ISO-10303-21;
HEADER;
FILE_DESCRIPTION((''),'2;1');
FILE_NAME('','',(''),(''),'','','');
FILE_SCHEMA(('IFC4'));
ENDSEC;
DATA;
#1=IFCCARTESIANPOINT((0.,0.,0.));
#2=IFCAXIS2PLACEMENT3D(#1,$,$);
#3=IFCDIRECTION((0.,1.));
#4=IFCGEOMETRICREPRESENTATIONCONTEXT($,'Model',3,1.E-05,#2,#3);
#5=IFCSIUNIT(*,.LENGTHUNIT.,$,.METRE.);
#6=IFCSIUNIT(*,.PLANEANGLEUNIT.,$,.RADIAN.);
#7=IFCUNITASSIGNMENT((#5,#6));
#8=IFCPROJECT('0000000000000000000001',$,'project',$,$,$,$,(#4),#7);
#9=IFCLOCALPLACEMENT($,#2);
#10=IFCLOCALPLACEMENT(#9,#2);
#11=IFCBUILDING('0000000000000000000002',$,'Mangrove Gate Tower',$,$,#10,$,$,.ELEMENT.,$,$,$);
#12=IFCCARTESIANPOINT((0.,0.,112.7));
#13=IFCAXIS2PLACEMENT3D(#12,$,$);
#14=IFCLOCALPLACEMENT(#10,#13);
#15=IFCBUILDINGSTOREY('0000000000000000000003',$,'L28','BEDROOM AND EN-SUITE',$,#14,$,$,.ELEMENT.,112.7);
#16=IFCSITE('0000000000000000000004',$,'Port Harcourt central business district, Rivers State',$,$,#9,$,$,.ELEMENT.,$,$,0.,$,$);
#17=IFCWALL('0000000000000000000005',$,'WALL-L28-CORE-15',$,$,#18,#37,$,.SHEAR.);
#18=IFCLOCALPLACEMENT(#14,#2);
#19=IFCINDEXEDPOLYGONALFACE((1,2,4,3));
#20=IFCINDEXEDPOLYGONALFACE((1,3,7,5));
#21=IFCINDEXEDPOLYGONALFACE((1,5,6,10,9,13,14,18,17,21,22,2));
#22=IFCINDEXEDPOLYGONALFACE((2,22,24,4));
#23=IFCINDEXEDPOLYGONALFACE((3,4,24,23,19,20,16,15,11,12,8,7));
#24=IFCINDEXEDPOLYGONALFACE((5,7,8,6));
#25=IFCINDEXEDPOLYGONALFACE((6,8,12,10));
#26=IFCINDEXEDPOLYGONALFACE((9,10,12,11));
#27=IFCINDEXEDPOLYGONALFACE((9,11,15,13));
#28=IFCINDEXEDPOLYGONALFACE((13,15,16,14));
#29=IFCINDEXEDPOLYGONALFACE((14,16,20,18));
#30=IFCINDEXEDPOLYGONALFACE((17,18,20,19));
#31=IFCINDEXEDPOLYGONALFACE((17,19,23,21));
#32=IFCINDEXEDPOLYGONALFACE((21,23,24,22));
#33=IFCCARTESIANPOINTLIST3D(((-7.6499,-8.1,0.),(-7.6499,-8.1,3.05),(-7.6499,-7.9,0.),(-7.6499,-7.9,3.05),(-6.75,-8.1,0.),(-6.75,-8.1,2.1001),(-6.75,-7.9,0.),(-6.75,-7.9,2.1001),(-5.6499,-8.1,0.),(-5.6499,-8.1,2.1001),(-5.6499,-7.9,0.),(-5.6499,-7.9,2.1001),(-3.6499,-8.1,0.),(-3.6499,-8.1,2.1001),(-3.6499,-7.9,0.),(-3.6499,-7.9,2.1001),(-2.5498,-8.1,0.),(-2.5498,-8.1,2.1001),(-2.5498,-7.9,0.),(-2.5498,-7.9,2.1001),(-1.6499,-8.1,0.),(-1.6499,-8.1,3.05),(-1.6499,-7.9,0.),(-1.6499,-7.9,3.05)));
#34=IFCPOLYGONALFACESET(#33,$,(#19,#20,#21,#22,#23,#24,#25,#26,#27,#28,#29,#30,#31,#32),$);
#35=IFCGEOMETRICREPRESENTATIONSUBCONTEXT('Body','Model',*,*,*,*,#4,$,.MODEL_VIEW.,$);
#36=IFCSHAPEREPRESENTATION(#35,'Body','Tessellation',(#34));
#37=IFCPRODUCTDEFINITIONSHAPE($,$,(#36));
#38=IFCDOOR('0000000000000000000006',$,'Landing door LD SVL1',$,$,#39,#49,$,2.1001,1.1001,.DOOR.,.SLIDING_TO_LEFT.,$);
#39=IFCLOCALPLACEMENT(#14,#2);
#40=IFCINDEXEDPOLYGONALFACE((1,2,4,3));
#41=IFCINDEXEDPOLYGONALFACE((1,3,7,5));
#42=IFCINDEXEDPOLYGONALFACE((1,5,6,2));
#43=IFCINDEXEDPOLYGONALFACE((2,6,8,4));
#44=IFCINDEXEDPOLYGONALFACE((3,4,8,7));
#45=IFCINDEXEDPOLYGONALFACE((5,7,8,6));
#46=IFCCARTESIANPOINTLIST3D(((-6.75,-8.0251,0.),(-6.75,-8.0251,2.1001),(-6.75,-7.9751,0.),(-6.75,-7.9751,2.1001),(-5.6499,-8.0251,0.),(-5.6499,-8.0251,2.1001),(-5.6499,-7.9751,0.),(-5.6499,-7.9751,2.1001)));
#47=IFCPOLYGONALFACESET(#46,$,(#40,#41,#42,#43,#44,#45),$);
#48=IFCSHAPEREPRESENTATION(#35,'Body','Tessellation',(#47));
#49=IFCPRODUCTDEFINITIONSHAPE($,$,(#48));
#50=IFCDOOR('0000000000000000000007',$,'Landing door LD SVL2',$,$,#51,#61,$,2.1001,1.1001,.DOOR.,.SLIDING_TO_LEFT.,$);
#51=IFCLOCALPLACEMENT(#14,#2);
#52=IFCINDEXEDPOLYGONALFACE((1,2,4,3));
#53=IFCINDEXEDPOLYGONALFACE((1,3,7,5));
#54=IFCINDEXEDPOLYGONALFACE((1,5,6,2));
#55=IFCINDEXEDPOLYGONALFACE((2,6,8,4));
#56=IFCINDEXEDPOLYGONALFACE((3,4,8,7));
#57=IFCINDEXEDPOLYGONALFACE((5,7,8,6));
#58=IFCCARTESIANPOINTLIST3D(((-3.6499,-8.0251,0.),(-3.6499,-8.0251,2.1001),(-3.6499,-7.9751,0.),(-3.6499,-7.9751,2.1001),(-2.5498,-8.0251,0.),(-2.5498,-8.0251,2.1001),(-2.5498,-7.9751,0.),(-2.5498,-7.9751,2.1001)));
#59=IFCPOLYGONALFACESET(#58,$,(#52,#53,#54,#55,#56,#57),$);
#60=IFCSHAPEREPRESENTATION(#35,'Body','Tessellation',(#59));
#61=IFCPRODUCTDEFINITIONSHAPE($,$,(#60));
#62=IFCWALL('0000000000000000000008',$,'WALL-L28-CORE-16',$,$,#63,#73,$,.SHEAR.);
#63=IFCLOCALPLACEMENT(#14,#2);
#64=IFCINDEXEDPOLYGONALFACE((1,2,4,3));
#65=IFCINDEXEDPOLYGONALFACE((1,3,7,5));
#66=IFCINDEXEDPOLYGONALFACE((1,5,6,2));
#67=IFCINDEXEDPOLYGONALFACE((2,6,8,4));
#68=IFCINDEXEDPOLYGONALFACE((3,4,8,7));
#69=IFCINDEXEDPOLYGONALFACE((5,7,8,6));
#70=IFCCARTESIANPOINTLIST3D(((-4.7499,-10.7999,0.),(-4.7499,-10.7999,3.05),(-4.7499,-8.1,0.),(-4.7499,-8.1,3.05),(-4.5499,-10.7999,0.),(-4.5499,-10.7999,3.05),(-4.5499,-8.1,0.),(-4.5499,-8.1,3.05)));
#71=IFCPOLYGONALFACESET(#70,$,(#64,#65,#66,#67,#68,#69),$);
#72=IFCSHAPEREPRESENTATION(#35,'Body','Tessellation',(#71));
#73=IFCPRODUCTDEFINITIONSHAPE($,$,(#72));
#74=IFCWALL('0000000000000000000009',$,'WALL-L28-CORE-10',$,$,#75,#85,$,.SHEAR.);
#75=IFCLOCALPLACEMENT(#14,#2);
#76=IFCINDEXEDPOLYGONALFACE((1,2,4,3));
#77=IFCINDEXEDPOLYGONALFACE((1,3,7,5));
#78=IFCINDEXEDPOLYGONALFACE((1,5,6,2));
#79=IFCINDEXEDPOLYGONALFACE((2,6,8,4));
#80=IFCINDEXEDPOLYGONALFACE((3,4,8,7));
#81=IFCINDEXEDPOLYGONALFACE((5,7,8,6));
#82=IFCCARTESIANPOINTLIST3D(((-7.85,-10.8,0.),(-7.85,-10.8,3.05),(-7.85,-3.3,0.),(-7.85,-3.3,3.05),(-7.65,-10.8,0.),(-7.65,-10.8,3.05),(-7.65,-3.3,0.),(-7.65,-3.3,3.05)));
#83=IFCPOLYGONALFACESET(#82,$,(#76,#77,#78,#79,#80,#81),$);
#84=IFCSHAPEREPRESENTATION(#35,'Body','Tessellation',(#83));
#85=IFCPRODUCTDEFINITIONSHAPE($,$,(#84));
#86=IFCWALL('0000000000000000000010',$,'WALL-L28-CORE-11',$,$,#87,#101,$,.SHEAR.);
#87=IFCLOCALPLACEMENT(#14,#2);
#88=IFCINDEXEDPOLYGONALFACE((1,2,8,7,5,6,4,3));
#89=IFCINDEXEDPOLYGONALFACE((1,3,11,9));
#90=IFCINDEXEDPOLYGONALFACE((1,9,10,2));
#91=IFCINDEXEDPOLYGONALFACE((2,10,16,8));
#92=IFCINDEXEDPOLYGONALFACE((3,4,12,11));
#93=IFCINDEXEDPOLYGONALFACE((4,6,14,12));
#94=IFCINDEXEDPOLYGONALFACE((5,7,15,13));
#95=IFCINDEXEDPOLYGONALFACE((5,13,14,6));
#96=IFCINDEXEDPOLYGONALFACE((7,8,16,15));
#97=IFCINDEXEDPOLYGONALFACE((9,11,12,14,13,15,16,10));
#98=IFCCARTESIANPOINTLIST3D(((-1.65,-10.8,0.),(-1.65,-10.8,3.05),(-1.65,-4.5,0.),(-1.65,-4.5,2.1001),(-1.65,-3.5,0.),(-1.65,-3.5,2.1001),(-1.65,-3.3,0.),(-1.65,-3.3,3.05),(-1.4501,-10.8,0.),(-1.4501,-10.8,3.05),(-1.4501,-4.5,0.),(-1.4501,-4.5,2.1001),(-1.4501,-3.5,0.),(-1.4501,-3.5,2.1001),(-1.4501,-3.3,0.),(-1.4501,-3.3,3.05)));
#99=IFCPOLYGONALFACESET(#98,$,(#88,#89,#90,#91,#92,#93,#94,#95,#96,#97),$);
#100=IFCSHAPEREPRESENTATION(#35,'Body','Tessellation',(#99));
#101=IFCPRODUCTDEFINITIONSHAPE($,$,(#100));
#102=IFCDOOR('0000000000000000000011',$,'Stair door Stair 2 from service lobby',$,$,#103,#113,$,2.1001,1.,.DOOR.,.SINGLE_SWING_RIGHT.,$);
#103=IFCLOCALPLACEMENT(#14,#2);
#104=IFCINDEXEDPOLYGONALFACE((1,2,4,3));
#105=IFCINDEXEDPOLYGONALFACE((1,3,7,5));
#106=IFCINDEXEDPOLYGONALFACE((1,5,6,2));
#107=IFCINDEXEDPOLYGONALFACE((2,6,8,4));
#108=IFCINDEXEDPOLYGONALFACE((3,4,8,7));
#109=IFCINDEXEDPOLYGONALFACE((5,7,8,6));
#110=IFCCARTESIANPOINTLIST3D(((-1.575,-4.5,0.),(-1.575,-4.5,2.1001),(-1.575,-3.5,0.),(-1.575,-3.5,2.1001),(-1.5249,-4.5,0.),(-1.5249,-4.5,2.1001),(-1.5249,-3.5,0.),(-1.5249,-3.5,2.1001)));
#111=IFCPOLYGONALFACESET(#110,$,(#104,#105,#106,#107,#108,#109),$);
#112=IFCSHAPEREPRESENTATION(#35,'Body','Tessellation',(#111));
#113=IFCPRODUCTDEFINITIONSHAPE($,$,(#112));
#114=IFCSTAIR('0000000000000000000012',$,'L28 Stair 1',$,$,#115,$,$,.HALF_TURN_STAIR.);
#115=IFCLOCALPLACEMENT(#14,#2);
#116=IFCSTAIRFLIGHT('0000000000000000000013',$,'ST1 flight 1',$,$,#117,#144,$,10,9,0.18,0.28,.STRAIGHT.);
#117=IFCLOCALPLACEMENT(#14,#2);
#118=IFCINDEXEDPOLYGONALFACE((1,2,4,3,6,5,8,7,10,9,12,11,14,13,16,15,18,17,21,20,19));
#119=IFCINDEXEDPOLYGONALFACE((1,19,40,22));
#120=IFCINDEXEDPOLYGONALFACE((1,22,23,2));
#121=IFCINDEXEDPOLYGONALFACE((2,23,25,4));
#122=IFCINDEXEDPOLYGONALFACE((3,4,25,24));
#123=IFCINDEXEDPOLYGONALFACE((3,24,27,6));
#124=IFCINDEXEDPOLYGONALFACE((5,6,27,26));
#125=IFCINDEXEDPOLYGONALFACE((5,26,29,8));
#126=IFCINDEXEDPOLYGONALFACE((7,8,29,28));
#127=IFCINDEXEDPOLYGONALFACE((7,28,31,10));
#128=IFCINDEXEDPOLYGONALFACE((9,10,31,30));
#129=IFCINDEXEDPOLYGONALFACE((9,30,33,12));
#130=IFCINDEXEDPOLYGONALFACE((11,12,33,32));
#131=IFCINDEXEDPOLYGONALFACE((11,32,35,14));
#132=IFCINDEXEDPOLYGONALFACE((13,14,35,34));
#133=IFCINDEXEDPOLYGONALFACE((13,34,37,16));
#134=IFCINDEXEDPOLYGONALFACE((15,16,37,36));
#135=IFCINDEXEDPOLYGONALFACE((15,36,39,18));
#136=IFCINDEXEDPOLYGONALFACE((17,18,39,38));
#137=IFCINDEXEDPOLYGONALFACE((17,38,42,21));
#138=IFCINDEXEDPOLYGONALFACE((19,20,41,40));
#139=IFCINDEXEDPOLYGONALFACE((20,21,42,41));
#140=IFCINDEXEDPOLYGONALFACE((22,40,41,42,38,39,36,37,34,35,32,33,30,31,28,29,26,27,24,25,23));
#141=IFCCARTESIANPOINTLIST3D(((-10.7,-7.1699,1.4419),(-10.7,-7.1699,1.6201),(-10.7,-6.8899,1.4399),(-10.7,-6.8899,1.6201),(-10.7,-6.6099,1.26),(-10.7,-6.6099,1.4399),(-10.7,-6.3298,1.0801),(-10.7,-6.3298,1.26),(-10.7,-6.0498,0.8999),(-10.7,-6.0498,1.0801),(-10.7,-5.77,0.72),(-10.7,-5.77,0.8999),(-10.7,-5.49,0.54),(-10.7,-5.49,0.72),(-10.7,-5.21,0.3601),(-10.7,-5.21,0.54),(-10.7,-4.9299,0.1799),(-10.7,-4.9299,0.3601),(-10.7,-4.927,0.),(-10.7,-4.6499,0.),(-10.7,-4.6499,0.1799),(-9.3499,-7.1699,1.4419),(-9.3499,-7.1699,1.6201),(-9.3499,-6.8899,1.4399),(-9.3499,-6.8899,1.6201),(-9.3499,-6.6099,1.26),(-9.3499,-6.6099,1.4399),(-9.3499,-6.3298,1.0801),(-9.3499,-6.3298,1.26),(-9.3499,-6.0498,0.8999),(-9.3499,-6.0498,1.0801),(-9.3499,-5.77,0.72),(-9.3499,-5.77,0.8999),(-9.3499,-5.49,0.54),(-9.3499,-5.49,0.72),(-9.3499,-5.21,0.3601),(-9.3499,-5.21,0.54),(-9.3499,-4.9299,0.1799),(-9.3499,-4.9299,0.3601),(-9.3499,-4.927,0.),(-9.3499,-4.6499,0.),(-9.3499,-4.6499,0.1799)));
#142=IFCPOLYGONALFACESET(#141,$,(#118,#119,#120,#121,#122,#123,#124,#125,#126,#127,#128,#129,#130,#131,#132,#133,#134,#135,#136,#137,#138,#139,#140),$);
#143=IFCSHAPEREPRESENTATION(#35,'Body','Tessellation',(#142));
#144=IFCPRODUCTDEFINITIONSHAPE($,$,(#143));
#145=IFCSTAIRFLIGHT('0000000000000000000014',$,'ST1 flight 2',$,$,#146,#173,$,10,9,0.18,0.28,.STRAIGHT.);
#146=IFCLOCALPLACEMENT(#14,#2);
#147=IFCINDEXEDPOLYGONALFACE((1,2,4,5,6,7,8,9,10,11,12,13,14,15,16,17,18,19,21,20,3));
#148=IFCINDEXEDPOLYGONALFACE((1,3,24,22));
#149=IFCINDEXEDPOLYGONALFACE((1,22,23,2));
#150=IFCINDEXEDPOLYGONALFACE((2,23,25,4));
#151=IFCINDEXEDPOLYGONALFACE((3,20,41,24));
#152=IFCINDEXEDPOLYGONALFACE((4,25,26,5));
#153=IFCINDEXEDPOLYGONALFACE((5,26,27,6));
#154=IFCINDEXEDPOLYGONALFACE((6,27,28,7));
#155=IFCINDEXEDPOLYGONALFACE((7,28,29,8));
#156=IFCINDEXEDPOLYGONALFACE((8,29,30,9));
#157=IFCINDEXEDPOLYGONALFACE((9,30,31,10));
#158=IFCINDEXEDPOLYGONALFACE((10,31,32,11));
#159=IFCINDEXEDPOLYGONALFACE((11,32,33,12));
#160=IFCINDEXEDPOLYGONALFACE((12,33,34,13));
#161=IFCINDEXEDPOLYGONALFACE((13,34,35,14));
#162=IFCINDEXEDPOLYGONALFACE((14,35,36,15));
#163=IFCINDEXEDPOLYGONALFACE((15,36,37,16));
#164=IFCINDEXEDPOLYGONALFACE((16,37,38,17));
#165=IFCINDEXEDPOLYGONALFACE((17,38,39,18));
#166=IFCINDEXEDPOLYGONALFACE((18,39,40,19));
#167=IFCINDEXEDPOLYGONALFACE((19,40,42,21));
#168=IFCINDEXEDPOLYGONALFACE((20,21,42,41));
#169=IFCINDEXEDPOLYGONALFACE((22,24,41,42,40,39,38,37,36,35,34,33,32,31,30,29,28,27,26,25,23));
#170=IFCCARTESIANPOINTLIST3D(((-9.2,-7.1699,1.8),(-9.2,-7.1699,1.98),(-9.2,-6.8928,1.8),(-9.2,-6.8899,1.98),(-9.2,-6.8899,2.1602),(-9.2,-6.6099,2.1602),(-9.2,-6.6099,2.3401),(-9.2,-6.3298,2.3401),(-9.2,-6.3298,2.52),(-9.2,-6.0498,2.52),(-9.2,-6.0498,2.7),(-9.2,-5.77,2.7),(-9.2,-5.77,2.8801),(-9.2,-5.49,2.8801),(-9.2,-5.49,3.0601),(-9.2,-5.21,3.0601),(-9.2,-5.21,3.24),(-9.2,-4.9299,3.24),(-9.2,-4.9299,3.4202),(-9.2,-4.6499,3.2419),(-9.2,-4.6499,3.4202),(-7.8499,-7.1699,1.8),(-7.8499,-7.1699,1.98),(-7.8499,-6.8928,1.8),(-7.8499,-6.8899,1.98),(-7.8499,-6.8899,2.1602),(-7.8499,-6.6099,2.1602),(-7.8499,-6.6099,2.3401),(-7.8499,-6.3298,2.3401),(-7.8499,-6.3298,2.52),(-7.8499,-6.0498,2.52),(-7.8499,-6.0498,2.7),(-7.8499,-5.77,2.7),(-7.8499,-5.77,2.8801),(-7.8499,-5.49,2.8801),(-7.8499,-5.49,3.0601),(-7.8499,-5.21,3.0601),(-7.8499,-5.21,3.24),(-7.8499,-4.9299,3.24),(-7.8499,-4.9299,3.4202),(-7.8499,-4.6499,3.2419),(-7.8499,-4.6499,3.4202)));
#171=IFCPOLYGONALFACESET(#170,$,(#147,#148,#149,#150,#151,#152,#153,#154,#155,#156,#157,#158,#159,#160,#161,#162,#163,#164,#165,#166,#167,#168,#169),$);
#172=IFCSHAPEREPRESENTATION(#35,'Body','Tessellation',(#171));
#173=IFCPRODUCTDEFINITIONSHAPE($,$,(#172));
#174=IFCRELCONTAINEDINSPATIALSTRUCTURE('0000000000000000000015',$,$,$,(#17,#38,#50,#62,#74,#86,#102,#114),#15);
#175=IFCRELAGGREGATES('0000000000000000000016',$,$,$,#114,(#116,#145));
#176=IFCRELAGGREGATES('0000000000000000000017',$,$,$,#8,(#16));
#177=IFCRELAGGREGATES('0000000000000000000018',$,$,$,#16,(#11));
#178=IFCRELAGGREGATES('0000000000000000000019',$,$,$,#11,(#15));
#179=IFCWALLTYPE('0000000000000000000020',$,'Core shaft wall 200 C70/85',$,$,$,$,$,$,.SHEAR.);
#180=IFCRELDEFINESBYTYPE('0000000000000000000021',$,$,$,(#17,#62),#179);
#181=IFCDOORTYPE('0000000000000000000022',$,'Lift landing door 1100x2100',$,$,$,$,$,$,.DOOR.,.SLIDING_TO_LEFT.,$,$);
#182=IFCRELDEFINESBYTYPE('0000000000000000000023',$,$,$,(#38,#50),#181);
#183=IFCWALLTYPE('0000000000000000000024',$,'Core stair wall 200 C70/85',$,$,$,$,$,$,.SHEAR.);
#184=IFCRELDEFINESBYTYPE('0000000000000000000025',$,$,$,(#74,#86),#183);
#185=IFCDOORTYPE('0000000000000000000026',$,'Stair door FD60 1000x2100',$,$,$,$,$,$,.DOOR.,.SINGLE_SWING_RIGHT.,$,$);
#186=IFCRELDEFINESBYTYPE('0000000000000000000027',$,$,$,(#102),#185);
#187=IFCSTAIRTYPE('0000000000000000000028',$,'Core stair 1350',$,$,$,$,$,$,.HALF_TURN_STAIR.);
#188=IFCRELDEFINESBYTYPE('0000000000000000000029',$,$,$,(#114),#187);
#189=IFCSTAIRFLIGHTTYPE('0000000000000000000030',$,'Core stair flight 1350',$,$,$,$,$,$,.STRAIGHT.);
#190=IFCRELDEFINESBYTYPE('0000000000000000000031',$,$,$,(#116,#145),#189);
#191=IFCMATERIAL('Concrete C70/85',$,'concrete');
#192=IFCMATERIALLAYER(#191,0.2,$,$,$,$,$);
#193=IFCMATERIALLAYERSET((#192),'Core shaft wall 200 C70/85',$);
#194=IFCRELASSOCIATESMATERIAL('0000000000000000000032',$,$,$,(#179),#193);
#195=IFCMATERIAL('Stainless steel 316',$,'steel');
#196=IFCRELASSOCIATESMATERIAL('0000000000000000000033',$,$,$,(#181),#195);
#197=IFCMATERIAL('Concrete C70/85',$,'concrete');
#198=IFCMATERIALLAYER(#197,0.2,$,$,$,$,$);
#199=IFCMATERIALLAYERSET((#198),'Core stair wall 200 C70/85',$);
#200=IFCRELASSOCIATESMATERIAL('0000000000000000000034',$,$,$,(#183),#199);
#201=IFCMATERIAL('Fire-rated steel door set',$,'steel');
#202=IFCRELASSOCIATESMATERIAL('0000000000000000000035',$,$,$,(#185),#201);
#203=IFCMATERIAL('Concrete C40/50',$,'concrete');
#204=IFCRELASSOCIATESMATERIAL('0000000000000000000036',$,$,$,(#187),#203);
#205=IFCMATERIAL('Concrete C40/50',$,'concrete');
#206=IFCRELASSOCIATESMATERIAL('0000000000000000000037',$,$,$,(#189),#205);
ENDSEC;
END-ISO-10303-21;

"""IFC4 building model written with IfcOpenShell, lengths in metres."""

from ifc_helpers import new_model, si_unit, direction, frame, frame_2d, origin, place, context, subcontext, project, spatial, polyline, rectangle, outline, extrude, material, layer, layer_set, type_object, element, fill, aggregate, save


model = new_model("IFC4")

# Units and contexts
model_context = context("Model", 3, precision=1e-05, world=origin(), true_north=direction((0.0, 1.0)))
body_context = subcontext(model_context, "Body", "Model", "MODEL_VIEW")
ifc_project = project(units=[si_unit("LENGTHUNIT", "METRE"), si_unit("PLANEANGLEUNIT", "RADIAN")], contexts=[model_context])

# Site, building, storey
site_placement = place(None, origin())
site = spatial("IfcSite", under=ifc_project, at=site_placement, Name="Port Harcourt central business district, Rivers State", CompositionType="ELEMENT", RefElevation=0.0)
building_placement = place(site_placement, origin())
building = spatial("IfcBuilding", under=site, at=building_placement, Name="Mangrove Gate Tower", CompositionType="ELEMENT")
storey_placement = place(building_placement, frame((0.0, 0.0, 112.7)))
storey = spatial("IfcBuildingStorey", under=building, at=storey_placement, Name="L28", Description="BEDROOM AND EN-SUITE", CompositionType="ELEMENT", Elevation=112.7)

# Wall, openings, doors
ifc_material_1 = material(Name="Concrete C70/85", Category="concrete")
ifc_layer_1 = layer(ifc_material_1, 0.2)
ifc_layer_set_1 = layer_set([ifc_layer_1], Name="Core shaft wall 200 C70/85")
wall_type_1 = type_object("IfcWallType", Name="Core shaft wall 200 C70/85", PredefinedType="SHEAR", material=ifc_layer_set_1)
wall_1_placement = place(storey_placement, frame((-7.6499, -8.0, 0.0), z_axis=(0.0, 0.0, 1.0), x_axis=(1.0, 0.0, 0.0)))
wall_1 = element("IfcWall", 1, at=wall_1_placement, inside=storey, type_object=wall_type_1, Name="WALL-L28-CORE-15", PredefinedType="SHEAR", context=body_context, shape_type="SweptSolid", body=[
    extrude(rectangle(XDim=6.0, YDim=0.2, at=frame_2d((3.0, 0.0))), origin(), (0.0, 0.0, 1.0), 3.05),
])
opening_1_placement = place(wall_1_placement, frame((0.8999, 0.0, 0.0)))
opening_1 = element("IfcOpeningElement", 2, at=opening_1_placement, cuts=wall_1, PredefinedType="OPENING", context=body_context, shape_type="SweptSolid", body=[
    extrude(rectangle(XDim=1.1001, YDim=2.1001, at=frame_2d((0.55, 1.05))), frame((0.0, 0.1099, 0.0), z_axis=(0.0, -1.0, 0.0), x_axis=(1.0, 0.0, 0.0)), (0.0, 0.0, 1.0), 0.22),
])
opening_2_placement = place(wall_1_placement, frame((4.0, 0.0, 0.0)))
opening_2 = element("IfcOpeningElement", 3, at=opening_2_placement, cuts=wall_1, PredefinedType="OPENING", context=body_context, shape_type="SweptSolid", body=[
    extrude(rectangle(XDim=1.1001, YDim=2.1001, at=frame_2d((0.55, 1.05))), frame((0.0, 0.1099, 0.0), z_axis=(0.0, -1.0, 0.0), x_axis=(1.0, 0.0, 0.0)), (0.0, 0.0, 1.0), 0.22),
])
ifc_material_2 = material(Name="Stainless steel 316", Category="steel")
door_type_1 = type_object("IfcDoorType", Name="Lift landing door 1100x2100", OperationType="SLIDING_TO_LEFT", PredefinedType="DOOR", material=ifc_material_2)
door_1_placement = place(opening_1_placement, origin())
door_1 = element("IfcDoor", 4, at=door_1_placement, inside=storey, type_object=door_type_1, Name="Landing door LD SVL1", OperationType="SLIDING_TO_LEFT", OverallHeight=2.1001, OverallWidth=1.1001, PredefinedType="DOOR", context=body_context, shape_type="SweptSolid", body=[
    extrude(rectangle(XDim=1.1001, YDim=2.1001, at=frame_2d((0.55, 1.05))), frame((0.0, 0.0249, 0.0), z_axis=(0.0, -1.0, 0.0), x_axis=(1.0, 0.0, 0.0)), (0.0, 0.0, 1.0), 0.05),
])
fill(opening_1, door_1)
door_2_placement = place(opening_2_placement, origin())
door_2 = element("IfcDoor", 5, at=door_2_placement, inside=storey, type_object=door_type_1, Name="Landing door LD SVL2", OperationType="SLIDING_TO_LEFT", OverallHeight=2.1001, OverallWidth=1.1001, PredefinedType="DOOR", context=body_context, shape_type="SweptSolid", body=[
    extrude(rectangle(XDim=1.1001, YDim=2.1001, at=frame_2d((0.55, 1.05))), frame((0.0, 0.0249, 0.0), z_axis=(0.0, -1.0, 0.0), x_axis=(1.0, 0.0, 0.0)), (0.0, 0.0, 1.0), 0.05),
])
fill(opening_2, door_2)

# Walls
wall_2_placement = place(storey_placement, frame((-4.6499, -10.8, 0.0), z_axis=(0.0, 0.0, 1.0), x_axis=(0.0, 1.0, 0.0)))
element("IfcWall", 6, at=wall_2_placement, inside=storey, type_object=wall_type_1, Name="WALL-L28-CORE-16", PredefinedType="SHEAR", context=body_context, shape_type="SweptSolid", body=[
    extrude(rectangle(XDim=2.7, YDim=0.2, at=frame_2d((1.3501, 0.0))), origin(), (0.0, 0.0, 1.0), 3.05),
])
ifc_material_3 = material(Name="Concrete C70/85", Category="concrete")
ifc_layer_2 = layer(ifc_material_3, 0.2)
ifc_layer_set_2 = layer_set([ifc_layer_2], Name="Core stair wall 200 C70/85")
wall_type_2 = type_object("IfcWallType", Name="Core stair wall 200 C70/85", PredefinedType="SHEAR", material=ifc_layer_set_2)
wall_3_placement = place(storey_placement, frame((-7.75, -10.8, 0.0), z_axis=(0.0, 0.0, 1.0), x_axis=(0.0, 1.0, 0.0)))
element("IfcWall", 7, at=wall_3_placement, inside=storey, type_object=wall_type_2, Name="WALL-L28-CORE-10", PredefinedType="SHEAR", context=body_context, shape_type="SweptSolid", body=[
    extrude(rectangle(XDim=7.5, YDim=0.2, at=frame_2d((3.75, 0.0))), origin(), (0.0, 0.0, 1.0), 3.05),
])

# Wall, opening, door
wall_4_placement = place(storey_placement, frame((-1.55, -10.8, 0.0), z_axis=(0.0, 0.0, 1.0), x_axis=(0.0, 1.0, 0.0)))
wall_4 = element("IfcWall", 8, at=wall_4_placement, inside=storey, type_object=wall_type_2, Name="WALL-L28-CORE-11", PredefinedType="SHEAR", context=body_context, shape_type="SweptSolid", body=[
    extrude(rectangle(XDim=7.5, YDim=0.2, at=frame_2d((3.75, 0.0))), origin(), (0.0, 0.0, 1.0), 3.05),
])
opening_3_placement = place(wall_4_placement, frame((6.3, 0.0, 0.0)))
opening_3 = element("IfcOpeningElement", 9, at=opening_3_placement, cuts=wall_4, PredefinedType="OPENING", context=body_context, shape_type="SweptSolid", body=[
    extrude(rectangle(XDim=1.0, YDim=2.1001, at=frame_2d((0.5, 1.05))), frame((0.0, 0.1099, 0.0), z_axis=(0.0, -1.0, 0.0), x_axis=(1.0, 0.0, 0.0)), (0.0, 0.0, 1.0), 0.22),
])
ifc_material_4 = material(Name="Fire-rated steel door set", Category="steel")
door_type_2 = type_object("IfcDoorType", Name="Stair door FD60 1000x2100", OperationType="SINGLE_SWING_RIGHT", PredefinedType="DOOR", material=ifc_material_4)
door_3_placement = place(opening_3_placement, origin())
door_3 = element("IfcDoor", 10, at=door_3_placement, inside=storey, type_object=door_type_2, Name="Stair door Stair 2 from service lobby", OperationType="SINGLE_SWING_RIGHT", OverallHeight=2.1001, OverallWidth=1.0, PredefinedType="DOOR", context=body_context, shape_type="SweptSolid", body=[
    extrude(rectangle(XDim=1.0, YDim=2.1001, at=frame_2d((0.5, 1.05))), frame((0.0, 0.0249, 0.0), z_axis=(0.0, -1.0, 0.0), x_axis=(1.0, 0.0, 0.0)), (0.0, 0.0, 1.0), 0.05),
])
fill(opening_3, door_3)

# Stair, stair flights
ifc_material_5 = material(Name="Concrete C40/50", Category="concrete")
stair_type = type_object("IfcStairType", Name="Core stair 1350", PredefinedType="HALF_TURN_STAIR", material=ifc_material_5)
stair_1_placement = place(storey_placement, origin())
stair_1 = element("IfcStair", 11, at=stair_1_placement, inside=storey, type_object=stair_type, Name="L28 Stair 1", PredefinedType="HALF_TURN_STAIR")
ifc_material_6 = material(Name="Concrete C40/50", Category="concrete")
stair_flight_type = type_object("IfcStairFlightType", Name="Core stair flight 1350", PredefinedType="STRAIGHT", material=ifc_material_6)
stair_flight_1_placement = place(storey_placement, frame((-10.0249, -4.6499, 0.0), z_axis=(0.0, 0.0, 1.0), x_axis=(0.0, -1.0, 0.0)))
stair_flight_1 = element("IfcStairFlight", 12, at=stair_flight_1_placement, type_object=stair_flight_type, Name="ST1 flight 1", NumberOfRisers=10, NumberOfTreads=9, PredefinedType="STRAIGHT", RiserHeight=0.18, TreadLength=0.28, context=body_context, shape_type="SweptSolid", body=[
    extrude(outline(polyline([(0.0, 0.0), (0.0, 0.1799), (0.28, 0.1799), (0.28, 0.3601), (0.5601, 0.3601), (0.5601, 0.54), (0.8401, 0.54), (0.8401, 0.72), (1.1201, 0.72), (1.1201, 0.8999), (1.3999, 0.8999), (1.3999, 1.0801), (1.6799, 1.0801), (1.6799, 1.26), (1.96, 1.26), (1.96, 1.4399), (2.24, 1.4399), (2.24, 1.6201), (2.52, 1.6201), (2.52, 1.8), (2.52, 1.4419), (0.2771, 0.0), (0.0, 0.0)])), frame((0.0, 0.675, 0.0), z_axis=(0.0, -1.0, 0.0), x_axis=(1.0, 0.0, 0.0)), (0.0, 0.0, 1.0), 1.3501),
])
stair_flight_2_placement = place(storey_placement, frame((-8.5249, -7.1699, 1.8), z_axis=(0.0, 0.0, 1.0), x_axis=(0.0, 1.0, 0.0)))
stair_flight_2 = element("IfcStairFlight", 13, at=stair_flight_2_placement, type_object=stair_flight_type, Name="ST1 flight 2", NumberOfRisers=10, NumberOfTreads=9, PredefinedType="STRAIGHT", RiserHeight=0.18, TreadLength=0.28, context=body_context, shape_type="SweptSolid", body=[
    extrude(outline(polyline([(0.0, 0.0), (0.0, 0.1799), (0.28, 0.1799), (0.28, 0.3601), (0.5601, 0.3601), (0.5601, 0.54), (0.8401, 0.54), (0.8401, 0.72), (1.1201, 0.72), (1.1201, 0.8999), (1.3999, 0.8999), (1.3999, 1.0801), (1.6799, 1.0801), (1.6799, 1.26), (1.96, 1.26), (1.96, 1.4399), (2.24, 1.4399), (2.24, 1.6201), (2.52, 1.6201), (2.52, 1.8), (2.52, 1.4419), (0.2771, 0.0), (0.0, 0.0)])), frame((0.0, 0.675, 0.0), z_axis=(0.0, -1.0, 0.0), x_axis=(1.0, 0.0, 0.0)), (0.0, 0.0, 1.0), 1.3501),
])
aggregate(stair_1, [stair_flight_1, stair_flight_2])

save(model, "model.ifc")
